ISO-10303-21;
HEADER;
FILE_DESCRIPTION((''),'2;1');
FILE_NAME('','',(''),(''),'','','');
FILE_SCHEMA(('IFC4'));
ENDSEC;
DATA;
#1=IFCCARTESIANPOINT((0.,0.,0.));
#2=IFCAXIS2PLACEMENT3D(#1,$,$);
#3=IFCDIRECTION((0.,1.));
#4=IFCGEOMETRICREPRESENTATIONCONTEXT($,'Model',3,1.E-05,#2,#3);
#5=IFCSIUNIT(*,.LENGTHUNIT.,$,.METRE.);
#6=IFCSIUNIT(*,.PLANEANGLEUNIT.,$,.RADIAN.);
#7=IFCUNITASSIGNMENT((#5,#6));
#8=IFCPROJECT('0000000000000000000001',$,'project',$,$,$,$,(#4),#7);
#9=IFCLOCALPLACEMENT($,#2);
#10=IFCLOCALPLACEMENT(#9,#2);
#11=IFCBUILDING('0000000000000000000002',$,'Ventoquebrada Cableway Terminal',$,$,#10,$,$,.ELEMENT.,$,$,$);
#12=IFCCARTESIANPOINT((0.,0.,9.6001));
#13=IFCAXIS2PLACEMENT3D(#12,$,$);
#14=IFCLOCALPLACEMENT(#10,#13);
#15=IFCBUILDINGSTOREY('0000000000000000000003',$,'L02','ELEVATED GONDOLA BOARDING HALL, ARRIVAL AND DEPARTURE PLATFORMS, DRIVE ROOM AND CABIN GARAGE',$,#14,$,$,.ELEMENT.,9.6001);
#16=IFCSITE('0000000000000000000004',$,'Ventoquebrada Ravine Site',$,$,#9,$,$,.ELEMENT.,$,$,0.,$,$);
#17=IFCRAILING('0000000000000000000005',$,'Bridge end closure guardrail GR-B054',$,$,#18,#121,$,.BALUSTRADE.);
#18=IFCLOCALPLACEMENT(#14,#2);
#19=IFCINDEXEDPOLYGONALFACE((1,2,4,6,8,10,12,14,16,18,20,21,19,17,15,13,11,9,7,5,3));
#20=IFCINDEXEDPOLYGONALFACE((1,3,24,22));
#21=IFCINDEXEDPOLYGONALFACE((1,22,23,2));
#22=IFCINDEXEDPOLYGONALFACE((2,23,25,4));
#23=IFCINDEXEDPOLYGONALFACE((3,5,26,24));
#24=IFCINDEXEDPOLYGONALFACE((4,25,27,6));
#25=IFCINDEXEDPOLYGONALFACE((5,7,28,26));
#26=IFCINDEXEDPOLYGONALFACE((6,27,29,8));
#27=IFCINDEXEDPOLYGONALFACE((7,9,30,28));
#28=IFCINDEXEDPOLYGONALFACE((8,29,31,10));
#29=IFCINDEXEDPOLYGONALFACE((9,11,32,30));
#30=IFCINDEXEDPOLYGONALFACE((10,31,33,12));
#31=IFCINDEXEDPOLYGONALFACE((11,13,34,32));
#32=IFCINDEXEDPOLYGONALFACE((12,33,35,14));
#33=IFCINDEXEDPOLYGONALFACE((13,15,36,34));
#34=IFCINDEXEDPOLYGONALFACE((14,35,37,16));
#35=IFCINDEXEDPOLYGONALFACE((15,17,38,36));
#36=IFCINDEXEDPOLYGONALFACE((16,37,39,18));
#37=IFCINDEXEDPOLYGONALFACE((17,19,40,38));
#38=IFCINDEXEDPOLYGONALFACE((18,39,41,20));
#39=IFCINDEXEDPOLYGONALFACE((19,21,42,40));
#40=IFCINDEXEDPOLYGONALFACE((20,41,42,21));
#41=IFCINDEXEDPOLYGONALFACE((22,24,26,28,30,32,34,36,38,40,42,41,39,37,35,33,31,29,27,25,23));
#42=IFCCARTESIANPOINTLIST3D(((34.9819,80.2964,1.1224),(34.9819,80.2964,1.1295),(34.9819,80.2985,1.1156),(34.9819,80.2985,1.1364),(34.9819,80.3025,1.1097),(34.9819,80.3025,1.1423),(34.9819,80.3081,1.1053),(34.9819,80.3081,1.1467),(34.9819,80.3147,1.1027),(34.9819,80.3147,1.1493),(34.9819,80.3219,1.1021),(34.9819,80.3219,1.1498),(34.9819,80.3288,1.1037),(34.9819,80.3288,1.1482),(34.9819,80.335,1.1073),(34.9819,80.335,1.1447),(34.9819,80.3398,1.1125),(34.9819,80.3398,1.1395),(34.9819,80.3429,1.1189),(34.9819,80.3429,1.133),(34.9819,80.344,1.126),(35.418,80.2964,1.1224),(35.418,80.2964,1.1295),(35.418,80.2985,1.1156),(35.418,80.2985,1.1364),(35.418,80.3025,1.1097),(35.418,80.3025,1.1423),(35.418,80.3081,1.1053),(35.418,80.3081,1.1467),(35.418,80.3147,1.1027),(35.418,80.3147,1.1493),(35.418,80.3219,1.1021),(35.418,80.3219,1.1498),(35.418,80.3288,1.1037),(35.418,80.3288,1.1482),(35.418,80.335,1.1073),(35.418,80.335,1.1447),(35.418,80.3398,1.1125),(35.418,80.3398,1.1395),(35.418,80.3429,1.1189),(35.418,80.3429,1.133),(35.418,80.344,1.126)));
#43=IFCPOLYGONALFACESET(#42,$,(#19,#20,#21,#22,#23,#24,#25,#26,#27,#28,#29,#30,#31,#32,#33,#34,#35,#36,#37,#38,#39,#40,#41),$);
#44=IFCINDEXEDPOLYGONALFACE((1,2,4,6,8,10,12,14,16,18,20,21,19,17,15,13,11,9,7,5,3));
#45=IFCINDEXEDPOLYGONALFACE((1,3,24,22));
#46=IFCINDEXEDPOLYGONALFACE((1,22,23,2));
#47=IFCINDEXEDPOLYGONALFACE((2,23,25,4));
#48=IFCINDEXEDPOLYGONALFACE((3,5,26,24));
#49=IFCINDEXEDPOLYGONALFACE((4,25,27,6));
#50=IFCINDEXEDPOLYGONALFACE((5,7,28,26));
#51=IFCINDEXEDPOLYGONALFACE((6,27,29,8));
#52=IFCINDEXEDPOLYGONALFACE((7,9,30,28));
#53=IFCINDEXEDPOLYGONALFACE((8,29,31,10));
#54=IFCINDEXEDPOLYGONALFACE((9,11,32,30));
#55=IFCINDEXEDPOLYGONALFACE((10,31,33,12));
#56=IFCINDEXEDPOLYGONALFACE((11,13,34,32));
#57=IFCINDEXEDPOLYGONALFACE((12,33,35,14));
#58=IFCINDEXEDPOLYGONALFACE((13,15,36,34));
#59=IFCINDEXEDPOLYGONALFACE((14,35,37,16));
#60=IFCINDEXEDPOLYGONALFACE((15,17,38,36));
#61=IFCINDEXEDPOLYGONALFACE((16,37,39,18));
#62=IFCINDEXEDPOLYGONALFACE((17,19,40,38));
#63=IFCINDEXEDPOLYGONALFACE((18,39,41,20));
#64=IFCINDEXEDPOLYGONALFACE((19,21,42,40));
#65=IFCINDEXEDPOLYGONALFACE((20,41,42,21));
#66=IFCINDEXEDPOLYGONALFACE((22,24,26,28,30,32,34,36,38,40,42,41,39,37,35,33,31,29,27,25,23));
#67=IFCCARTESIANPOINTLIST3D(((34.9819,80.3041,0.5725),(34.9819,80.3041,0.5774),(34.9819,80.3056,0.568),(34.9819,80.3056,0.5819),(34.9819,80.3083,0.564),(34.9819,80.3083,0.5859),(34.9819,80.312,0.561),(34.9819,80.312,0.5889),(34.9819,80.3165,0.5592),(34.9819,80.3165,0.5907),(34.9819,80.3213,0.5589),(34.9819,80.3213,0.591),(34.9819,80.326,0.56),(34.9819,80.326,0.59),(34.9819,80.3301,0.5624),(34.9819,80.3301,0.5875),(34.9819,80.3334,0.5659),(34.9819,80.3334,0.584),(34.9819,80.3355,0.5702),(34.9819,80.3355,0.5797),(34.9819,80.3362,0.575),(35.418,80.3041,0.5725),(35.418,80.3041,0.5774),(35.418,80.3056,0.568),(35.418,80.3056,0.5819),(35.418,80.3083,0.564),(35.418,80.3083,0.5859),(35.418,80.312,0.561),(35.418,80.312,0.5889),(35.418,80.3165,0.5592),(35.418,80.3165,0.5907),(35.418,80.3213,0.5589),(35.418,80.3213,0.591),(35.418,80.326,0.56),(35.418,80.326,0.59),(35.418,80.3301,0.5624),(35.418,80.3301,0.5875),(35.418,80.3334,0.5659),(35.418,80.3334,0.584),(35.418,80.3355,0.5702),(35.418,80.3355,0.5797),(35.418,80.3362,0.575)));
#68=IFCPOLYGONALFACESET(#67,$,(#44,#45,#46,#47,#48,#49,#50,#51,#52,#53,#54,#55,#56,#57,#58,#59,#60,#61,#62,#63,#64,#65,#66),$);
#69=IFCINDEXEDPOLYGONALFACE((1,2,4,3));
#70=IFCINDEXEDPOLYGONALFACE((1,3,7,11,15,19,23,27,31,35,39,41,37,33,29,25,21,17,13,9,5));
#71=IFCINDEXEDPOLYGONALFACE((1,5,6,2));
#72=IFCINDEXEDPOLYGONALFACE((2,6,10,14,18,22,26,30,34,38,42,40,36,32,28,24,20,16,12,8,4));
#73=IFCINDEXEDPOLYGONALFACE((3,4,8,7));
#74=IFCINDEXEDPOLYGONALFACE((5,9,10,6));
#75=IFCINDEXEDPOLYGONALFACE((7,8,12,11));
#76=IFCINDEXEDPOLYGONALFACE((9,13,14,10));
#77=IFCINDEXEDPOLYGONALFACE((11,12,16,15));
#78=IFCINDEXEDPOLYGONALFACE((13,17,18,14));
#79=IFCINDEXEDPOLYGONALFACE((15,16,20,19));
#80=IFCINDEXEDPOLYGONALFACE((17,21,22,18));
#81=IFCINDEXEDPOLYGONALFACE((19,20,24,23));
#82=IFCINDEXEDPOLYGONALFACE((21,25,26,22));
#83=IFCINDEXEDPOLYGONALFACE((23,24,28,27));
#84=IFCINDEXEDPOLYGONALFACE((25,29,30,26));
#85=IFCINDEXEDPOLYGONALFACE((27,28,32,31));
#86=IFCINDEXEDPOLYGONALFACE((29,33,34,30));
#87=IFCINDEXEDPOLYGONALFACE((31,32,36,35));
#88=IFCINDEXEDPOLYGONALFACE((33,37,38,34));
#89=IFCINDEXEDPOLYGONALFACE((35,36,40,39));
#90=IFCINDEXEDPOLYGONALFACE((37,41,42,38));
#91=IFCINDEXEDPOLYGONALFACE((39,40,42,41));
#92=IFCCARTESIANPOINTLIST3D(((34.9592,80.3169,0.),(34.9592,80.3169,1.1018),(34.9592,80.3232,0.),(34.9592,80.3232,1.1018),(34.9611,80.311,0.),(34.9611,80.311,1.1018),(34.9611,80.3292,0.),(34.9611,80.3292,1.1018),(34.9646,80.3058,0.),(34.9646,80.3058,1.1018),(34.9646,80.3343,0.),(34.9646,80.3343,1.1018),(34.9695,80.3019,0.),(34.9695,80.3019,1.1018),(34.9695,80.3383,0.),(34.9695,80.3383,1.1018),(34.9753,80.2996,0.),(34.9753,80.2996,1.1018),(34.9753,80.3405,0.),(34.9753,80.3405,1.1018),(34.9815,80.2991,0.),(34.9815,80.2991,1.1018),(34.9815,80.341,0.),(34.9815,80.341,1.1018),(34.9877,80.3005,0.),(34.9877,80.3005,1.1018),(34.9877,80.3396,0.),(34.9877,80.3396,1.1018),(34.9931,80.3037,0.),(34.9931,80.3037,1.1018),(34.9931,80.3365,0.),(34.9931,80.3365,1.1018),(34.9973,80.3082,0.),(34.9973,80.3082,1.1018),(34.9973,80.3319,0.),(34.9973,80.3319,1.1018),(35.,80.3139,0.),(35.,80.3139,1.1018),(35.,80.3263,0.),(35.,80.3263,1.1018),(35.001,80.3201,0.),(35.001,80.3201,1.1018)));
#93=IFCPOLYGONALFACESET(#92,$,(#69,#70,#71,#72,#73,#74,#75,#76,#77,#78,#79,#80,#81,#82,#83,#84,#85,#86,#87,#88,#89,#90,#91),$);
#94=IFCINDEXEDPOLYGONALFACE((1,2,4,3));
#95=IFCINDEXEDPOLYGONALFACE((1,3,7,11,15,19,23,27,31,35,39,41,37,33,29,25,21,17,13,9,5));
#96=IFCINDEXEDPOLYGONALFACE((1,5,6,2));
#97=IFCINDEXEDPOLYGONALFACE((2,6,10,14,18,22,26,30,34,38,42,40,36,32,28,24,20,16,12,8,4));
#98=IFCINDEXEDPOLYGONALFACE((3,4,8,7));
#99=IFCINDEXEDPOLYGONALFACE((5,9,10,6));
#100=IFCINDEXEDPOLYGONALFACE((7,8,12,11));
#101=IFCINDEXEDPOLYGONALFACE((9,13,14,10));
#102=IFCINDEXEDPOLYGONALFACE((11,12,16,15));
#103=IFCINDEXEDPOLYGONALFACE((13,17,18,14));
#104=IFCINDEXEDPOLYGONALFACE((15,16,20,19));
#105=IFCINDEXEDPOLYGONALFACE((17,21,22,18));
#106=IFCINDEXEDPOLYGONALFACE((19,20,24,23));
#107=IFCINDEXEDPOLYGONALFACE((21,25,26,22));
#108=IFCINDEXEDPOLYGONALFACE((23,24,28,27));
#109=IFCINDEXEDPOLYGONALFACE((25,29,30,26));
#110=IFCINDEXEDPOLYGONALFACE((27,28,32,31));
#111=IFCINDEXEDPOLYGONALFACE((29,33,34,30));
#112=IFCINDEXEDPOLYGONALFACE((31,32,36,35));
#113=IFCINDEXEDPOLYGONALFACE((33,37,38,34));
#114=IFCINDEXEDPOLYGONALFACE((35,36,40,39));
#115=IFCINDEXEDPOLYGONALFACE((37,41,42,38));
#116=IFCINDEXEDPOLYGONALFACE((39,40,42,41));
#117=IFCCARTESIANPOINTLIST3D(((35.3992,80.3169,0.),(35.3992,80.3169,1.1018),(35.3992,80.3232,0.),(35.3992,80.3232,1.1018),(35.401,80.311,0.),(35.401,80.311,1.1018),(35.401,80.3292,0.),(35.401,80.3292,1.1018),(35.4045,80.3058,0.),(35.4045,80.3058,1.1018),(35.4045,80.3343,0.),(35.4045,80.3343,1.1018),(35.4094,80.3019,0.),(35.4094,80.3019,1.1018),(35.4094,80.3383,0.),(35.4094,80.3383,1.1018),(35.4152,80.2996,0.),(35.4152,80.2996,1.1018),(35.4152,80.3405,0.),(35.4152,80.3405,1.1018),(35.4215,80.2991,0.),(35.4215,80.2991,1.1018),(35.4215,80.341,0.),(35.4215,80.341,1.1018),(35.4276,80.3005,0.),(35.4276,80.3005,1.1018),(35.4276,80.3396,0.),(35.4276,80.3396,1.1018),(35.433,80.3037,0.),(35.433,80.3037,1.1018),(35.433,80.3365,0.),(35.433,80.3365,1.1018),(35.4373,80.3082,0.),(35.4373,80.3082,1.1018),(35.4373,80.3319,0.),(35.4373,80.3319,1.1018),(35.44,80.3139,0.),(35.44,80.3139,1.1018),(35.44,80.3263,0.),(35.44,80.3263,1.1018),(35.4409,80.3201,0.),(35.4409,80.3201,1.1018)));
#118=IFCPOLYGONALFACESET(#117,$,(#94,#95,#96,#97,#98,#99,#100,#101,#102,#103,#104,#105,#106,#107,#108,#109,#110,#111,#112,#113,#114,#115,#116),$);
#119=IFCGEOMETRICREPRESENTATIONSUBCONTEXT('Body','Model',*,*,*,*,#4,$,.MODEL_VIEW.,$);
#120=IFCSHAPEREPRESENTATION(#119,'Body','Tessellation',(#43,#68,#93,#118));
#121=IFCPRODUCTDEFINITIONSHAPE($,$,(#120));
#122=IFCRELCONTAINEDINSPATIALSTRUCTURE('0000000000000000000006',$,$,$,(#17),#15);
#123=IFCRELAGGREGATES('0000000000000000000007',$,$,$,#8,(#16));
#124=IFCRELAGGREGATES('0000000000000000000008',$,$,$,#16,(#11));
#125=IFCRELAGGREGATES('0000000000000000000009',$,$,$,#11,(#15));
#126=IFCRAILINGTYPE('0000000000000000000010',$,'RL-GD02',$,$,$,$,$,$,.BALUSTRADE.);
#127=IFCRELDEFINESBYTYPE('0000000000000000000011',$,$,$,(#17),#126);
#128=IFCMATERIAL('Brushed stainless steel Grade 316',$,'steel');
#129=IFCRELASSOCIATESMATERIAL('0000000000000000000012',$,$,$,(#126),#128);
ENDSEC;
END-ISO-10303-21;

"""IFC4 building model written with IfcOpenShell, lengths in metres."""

from ifc_helpers import new_model, si_unit, direction, frame, origin, origin_2d, place, context, subcontext, project, spatial, circle, extrude, material, type_object, element, save


model = new_model("IFC4")

# Units and contexts
model_context = context("Model", 3, precision=1e-05, world=origin(), true_north=direction((0.0, 1.0)))
body_context = subcontext(model_context, "Body", "Model", "MODEL_VIEW")
ifc_project = project(units=[si_unit("LENGTHUNIT", "METRE"), si_unit("PLANEANGLEUNIT", "RADIAN")], contexts=[model_context])

# Site, building, storey
site_placement = place(None, origin())
site = spatial("IfcSite", under=ifc_project, at=site_placement, Name="Ventoquebrada Ravine Site", CompositionType="ELEMENT", RefElevation=0.0)
building_placement = place(site_placement, origin())
building = spatial("IfcBuilding", under=site, at=building_placement, Name="Ventoquebrada Cableway Terminal", CompositionType="ELEMENT")
storey_placement = place(building_placement, frame((0.0, 0.0, 9.6001)))
storey = spatial("IfcBuildingStorey", under=building, at=storey_placement, Name="L02", Description="ELEVATED GONDOLA BOARDING HALL, ARRIVAL AND DEPARTURE PLATFORMS, DRIVE ROOM AND CABIN GARAGE", CompositionType="ELEMENT", Elevation=9.6001)

# Railing
ifc_material_1 = material(Name="Brushed stainless steel Grade 316", Category="steel")
railing_type_1 = type_object("IfcRailingType", Name="RL-GD02", PredefinedType="BALUSTRADE", material=ifc_material_1)
for number, where, name in (
    (1, (34.98, 80.3201, 0.0), "Bridge end closure guardrail GR-B054"),
):
    element("IfcRailing", number, at=place(storey_placement, frame(where)), inside=storey, type_object=railing_type_1, Name=name, PredefinedType="BALUSTRADE", context=body_context, shape_type="SweptSolid", body=[
        extrude(circle(Radius=0.0239, at=origin_2d()), frame((0.002, 0.0, 1.126), z_axis=(1.0, 0.0, 0.0), x_axis=(0.0, 1.0, 0.0)), (0.0, 0.0, 1.0), 0.436),
        extrude(circle(Radius=0.0161, at=origin_2d()), frame((0.002, 0.0, 0.575), z_axis=(1.0, 0.0, 0.0), x_axis=(0.0, 1.0, 0.0)), (0.0, 0.0, 1.0), 0.436),
        extrude(circle(Radius=0.021, at=origin_2d()), origin(), (0.0, 0.0, 1.0), 1.1018),
        extrude(circle(Radius=0.021, at=origin_2d()), frame((0.4399, 0.0, 0.0)), (0.0, 0.0, 1.0), 1.1018),
    ])

save(model, "model.ifc")
